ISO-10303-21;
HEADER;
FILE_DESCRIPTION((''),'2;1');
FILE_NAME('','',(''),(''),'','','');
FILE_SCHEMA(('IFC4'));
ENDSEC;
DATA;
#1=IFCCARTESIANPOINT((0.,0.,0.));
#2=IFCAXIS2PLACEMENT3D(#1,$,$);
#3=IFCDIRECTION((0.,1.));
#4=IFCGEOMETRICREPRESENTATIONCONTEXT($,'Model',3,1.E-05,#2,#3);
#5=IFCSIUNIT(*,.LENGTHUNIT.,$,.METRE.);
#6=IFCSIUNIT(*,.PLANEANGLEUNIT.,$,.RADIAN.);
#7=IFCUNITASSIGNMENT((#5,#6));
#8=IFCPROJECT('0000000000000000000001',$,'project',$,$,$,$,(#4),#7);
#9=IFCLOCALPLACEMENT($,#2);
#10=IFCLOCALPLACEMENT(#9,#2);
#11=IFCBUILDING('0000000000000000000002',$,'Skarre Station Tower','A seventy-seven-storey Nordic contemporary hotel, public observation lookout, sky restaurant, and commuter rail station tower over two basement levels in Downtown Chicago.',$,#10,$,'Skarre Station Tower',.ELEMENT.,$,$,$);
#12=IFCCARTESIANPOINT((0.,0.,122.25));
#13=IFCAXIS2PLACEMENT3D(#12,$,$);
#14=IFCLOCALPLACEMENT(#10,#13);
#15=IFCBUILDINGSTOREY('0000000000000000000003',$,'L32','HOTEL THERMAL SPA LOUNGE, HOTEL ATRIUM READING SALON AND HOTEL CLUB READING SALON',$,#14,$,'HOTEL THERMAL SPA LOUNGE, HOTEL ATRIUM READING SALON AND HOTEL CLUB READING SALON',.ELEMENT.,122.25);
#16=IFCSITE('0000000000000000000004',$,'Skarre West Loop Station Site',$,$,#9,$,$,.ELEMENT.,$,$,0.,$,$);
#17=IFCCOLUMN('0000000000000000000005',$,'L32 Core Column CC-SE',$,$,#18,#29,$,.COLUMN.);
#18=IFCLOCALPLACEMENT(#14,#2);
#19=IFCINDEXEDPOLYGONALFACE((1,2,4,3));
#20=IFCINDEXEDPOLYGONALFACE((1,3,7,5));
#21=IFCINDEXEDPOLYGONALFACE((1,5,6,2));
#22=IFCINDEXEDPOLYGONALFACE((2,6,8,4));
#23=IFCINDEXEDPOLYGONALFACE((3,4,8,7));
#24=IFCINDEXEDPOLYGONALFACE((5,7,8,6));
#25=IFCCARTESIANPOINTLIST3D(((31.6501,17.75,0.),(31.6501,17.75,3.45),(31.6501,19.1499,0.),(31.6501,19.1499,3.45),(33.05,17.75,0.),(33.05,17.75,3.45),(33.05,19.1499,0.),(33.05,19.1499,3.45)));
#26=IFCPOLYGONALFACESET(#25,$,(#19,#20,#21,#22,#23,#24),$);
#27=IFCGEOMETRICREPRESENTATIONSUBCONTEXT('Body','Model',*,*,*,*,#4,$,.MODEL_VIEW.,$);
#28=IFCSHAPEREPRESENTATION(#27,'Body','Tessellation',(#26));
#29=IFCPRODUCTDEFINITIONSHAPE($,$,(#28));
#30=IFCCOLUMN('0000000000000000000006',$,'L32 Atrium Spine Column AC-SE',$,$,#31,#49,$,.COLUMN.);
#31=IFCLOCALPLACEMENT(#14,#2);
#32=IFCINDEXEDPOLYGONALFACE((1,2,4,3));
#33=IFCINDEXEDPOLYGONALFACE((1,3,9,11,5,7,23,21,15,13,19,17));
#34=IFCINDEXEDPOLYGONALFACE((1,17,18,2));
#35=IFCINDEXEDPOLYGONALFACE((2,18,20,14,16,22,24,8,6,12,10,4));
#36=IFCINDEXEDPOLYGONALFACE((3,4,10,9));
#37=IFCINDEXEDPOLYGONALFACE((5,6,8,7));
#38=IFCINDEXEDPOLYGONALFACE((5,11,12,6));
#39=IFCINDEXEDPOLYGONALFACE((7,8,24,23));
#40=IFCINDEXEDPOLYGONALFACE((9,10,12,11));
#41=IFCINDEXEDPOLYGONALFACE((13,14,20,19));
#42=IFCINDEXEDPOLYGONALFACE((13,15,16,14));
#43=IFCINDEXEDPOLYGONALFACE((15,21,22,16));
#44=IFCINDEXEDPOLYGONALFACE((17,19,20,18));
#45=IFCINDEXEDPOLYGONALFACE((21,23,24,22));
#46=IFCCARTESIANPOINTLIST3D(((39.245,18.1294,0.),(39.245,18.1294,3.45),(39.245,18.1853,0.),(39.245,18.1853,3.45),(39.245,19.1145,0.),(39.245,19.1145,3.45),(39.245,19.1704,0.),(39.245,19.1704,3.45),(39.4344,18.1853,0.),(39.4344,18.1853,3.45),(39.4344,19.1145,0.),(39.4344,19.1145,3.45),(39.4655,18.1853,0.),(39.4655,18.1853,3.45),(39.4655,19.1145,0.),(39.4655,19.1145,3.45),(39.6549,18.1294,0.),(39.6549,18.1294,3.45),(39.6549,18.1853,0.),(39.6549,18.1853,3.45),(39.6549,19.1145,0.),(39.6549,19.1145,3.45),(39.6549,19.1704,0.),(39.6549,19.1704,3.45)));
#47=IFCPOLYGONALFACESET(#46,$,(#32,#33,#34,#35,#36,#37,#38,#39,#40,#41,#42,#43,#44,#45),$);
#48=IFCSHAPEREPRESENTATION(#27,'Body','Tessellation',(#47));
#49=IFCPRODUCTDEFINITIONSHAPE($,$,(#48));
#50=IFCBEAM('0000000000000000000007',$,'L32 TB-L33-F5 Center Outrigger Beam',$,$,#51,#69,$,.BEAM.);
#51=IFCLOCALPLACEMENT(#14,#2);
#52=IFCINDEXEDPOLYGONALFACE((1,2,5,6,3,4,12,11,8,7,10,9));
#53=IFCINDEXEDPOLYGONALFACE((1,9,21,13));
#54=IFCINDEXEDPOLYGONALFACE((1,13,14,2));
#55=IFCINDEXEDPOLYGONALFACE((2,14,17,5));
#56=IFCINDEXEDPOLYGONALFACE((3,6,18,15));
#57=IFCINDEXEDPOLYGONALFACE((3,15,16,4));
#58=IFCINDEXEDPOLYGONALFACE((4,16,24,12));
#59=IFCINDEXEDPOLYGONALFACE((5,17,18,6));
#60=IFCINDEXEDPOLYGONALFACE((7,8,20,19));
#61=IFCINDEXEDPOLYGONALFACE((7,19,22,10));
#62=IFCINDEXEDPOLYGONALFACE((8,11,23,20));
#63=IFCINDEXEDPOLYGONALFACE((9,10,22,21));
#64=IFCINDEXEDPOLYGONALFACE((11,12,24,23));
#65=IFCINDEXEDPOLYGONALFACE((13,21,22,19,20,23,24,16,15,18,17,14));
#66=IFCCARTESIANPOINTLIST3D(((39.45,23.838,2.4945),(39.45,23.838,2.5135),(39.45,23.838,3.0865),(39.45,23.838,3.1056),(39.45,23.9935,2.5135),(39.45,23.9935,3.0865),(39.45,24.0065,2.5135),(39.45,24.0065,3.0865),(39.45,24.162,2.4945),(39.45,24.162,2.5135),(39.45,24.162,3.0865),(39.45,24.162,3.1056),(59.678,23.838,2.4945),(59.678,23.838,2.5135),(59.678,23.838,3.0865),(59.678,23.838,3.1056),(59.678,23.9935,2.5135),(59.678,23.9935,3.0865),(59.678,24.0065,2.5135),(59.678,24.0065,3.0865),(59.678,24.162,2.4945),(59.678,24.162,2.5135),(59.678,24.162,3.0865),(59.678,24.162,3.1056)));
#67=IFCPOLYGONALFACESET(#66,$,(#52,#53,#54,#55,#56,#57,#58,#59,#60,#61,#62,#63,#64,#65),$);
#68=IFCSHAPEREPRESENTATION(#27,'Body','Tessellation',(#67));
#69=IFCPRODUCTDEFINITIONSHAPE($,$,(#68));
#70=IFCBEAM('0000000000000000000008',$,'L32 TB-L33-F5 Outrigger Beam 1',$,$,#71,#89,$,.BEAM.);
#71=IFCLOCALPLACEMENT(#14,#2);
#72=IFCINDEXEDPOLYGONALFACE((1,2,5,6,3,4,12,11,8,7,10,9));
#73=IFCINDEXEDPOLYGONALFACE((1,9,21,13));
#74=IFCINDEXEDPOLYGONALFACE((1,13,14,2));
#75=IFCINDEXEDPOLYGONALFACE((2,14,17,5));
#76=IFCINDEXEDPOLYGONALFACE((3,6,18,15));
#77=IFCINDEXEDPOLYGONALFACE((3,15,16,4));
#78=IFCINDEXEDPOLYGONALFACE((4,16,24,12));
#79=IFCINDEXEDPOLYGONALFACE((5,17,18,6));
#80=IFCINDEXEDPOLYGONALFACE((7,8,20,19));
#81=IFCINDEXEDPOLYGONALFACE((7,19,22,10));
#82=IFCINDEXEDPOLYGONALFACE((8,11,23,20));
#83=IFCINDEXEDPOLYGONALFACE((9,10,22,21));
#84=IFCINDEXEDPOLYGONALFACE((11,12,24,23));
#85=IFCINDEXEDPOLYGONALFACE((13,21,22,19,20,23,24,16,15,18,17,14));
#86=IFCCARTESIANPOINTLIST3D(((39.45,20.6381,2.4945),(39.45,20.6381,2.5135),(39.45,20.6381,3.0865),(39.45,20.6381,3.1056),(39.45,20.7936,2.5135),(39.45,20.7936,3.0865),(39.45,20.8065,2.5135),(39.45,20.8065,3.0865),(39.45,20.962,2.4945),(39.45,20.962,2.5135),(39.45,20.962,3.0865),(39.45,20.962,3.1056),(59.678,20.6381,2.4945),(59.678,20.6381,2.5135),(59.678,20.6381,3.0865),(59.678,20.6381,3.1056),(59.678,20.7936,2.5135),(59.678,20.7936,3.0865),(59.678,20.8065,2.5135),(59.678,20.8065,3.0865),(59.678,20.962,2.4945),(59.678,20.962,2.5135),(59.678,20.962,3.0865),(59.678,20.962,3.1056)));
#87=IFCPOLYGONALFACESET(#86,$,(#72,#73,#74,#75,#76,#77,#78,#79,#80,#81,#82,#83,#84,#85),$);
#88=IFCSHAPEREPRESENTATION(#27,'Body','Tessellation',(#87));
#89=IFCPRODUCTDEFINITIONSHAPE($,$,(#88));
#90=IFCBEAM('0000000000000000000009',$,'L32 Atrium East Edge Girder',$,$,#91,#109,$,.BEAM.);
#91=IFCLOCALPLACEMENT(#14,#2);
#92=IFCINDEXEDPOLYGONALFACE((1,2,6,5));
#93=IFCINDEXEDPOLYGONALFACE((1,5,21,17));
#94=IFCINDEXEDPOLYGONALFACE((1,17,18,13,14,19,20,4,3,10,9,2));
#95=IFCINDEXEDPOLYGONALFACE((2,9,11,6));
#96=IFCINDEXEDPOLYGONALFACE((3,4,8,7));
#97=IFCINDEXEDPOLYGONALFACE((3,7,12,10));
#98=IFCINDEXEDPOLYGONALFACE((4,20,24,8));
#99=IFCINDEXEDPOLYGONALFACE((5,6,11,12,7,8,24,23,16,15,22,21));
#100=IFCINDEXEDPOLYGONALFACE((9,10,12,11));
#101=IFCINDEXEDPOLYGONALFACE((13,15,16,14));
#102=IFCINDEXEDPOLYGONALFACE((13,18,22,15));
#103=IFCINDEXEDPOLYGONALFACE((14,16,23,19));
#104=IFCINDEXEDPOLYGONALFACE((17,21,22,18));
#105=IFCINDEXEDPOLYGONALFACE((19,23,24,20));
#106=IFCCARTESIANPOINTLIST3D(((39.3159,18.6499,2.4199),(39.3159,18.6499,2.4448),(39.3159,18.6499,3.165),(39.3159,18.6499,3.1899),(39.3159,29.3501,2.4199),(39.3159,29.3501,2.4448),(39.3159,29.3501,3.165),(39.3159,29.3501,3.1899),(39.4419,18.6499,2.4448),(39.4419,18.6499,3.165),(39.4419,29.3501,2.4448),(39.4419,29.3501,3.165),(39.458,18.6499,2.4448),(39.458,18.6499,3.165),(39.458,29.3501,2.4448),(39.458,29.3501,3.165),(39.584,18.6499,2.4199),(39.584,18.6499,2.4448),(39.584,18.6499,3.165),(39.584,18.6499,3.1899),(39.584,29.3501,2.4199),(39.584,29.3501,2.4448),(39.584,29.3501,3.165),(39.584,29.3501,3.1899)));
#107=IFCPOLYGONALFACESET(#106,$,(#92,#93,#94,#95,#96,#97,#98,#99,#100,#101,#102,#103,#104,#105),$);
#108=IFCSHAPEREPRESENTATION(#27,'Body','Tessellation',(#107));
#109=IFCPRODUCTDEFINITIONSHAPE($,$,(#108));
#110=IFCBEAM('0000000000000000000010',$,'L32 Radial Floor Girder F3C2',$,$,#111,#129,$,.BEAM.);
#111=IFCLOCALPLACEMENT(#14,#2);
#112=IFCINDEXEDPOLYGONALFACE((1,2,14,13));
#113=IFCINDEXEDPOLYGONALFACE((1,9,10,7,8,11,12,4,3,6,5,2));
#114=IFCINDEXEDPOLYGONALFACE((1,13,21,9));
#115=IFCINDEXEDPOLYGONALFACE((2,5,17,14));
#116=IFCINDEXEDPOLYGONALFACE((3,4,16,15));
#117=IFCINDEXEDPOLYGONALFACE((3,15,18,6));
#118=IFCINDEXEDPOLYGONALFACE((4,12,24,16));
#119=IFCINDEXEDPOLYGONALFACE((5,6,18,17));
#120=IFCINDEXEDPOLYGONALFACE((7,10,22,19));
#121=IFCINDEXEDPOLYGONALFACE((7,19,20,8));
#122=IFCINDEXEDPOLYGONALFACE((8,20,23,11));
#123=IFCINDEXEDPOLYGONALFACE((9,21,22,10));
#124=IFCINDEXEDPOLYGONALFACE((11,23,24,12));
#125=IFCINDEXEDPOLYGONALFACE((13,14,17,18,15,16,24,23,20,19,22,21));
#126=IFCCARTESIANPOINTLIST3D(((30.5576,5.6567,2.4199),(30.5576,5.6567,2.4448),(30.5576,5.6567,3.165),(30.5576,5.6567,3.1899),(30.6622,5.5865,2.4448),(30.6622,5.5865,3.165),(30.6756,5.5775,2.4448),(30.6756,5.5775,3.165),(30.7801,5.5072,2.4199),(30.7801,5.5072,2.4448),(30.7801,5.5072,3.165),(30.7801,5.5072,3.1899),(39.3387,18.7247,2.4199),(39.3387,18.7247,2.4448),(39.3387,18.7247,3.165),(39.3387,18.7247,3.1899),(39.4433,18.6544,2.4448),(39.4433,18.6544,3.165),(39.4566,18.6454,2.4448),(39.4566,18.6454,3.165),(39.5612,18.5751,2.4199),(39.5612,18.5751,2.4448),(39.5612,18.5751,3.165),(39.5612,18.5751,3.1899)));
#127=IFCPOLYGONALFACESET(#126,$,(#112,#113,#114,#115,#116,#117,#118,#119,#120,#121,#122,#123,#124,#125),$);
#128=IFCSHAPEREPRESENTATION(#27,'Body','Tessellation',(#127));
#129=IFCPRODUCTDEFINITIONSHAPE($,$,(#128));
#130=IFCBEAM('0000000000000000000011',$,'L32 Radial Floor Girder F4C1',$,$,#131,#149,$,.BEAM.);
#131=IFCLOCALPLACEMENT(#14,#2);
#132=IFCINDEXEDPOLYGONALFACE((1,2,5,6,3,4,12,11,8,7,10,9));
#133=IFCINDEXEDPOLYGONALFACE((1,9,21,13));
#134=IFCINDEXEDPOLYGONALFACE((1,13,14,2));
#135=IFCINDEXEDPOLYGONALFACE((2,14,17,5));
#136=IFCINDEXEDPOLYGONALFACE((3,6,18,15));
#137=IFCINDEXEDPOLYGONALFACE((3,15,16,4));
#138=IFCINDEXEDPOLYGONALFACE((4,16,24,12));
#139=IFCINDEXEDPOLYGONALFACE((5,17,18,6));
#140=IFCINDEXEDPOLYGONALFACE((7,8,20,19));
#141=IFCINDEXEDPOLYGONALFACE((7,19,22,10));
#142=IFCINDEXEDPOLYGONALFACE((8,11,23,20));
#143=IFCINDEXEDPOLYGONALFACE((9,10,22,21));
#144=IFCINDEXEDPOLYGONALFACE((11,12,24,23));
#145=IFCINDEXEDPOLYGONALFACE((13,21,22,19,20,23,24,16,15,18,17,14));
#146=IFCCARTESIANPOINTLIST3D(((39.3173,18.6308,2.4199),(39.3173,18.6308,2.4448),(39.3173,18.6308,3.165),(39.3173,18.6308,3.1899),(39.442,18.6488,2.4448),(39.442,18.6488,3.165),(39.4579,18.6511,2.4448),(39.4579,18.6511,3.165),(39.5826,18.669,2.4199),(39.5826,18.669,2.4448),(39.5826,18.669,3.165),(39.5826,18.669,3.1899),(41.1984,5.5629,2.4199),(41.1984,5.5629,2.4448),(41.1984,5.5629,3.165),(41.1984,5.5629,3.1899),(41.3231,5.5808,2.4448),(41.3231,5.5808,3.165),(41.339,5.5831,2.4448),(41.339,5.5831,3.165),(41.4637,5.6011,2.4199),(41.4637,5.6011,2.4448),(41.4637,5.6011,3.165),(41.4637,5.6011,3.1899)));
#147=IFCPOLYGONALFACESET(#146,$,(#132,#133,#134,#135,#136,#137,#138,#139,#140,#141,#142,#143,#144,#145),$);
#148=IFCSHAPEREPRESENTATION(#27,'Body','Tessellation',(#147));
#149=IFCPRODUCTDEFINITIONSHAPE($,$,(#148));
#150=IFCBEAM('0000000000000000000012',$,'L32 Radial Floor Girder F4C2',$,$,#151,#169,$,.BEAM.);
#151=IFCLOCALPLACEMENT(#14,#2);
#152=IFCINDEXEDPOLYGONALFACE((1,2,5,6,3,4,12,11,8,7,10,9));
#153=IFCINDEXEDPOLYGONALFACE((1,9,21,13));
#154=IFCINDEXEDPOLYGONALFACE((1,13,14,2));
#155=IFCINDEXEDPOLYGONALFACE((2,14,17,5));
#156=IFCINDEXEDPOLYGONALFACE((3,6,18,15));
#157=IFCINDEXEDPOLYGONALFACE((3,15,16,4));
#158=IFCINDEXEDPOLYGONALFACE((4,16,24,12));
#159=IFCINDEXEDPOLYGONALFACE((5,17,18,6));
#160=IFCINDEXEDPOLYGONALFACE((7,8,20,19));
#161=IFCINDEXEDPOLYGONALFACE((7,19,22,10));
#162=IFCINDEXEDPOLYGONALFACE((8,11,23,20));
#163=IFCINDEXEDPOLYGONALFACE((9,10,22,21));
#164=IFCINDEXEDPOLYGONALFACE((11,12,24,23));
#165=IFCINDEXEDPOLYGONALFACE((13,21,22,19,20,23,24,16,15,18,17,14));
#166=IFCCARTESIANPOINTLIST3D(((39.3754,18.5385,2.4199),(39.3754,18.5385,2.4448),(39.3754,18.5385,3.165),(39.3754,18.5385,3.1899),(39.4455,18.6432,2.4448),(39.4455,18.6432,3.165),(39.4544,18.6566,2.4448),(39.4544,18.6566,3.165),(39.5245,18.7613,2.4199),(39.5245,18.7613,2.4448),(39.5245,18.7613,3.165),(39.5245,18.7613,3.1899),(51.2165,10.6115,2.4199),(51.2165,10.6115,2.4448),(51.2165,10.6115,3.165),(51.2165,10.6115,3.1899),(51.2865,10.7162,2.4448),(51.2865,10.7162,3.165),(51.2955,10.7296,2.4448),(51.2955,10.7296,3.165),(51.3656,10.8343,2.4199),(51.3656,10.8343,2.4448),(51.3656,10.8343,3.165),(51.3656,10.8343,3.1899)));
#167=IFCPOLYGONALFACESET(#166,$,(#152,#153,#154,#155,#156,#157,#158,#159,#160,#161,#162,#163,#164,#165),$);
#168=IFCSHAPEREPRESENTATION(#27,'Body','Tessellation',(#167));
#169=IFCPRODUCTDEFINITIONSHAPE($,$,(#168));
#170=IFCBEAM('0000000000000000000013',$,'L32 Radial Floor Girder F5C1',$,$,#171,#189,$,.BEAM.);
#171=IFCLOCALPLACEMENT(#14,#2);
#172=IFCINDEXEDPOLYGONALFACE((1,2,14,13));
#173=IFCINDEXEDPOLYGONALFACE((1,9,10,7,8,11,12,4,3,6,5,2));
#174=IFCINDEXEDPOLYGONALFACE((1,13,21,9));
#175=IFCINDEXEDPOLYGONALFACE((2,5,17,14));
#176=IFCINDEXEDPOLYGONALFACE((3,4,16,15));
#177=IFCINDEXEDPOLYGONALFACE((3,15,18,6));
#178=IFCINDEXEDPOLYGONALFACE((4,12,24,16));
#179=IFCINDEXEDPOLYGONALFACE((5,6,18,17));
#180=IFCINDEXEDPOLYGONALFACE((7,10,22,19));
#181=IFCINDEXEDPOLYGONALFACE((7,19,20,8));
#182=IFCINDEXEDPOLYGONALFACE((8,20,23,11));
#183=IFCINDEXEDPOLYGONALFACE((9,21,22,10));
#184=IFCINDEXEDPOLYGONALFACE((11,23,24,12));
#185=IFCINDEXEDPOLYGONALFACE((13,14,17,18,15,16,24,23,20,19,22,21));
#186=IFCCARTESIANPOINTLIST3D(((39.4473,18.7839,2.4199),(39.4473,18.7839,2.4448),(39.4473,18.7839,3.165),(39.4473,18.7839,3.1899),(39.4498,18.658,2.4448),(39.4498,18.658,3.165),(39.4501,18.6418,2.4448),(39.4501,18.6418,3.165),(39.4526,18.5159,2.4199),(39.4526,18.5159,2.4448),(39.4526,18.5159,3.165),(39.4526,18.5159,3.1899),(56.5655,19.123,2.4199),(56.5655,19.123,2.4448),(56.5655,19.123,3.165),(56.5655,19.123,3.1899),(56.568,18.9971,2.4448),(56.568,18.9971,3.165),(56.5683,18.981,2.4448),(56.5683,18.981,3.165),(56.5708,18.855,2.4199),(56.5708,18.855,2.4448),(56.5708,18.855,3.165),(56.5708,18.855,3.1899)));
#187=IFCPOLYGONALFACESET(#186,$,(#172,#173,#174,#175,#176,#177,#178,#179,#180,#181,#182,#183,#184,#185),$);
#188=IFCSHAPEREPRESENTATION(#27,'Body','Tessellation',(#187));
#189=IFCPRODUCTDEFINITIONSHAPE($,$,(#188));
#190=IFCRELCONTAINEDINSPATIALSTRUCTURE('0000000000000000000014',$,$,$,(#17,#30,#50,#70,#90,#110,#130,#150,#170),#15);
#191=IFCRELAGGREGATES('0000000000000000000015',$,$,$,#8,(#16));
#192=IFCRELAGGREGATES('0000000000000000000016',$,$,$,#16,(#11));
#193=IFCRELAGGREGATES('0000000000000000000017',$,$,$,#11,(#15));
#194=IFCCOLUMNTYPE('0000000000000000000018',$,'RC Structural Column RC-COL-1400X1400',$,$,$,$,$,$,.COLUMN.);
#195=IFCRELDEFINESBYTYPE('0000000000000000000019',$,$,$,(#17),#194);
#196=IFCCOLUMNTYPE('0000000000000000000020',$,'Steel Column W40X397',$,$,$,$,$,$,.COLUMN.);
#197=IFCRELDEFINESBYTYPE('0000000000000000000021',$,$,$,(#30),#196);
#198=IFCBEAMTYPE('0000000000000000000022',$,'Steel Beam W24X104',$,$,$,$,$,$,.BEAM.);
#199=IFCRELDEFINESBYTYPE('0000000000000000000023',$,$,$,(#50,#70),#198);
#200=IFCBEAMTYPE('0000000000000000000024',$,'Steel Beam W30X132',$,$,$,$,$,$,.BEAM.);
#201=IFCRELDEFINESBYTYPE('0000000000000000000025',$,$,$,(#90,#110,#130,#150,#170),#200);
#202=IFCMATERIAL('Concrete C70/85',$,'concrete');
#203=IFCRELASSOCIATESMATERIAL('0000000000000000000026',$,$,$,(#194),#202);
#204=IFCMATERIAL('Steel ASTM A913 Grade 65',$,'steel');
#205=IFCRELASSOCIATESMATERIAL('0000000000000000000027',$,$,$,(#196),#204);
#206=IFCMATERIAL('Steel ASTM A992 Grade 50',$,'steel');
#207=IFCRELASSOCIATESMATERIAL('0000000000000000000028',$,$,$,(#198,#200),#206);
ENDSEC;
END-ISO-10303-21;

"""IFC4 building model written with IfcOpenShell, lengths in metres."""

from ifc_helpers import new_model, si_unit, direction, frame, origin, origin_2d, place, context, subcontext, project, spatial, rectangle, i_section, extrude, material, material_profile, profile_set, type_object, element, save


model = new_model("IFC4")

# Units and contexts
model_context = context("Model", 3, precision=1e-05, world=origin(), true_north=direction((0.0, 1.0)))
body_context = subcontext(model_context, "Body", "Model", "MODEL_VIEW")
ifc_project = project(units=[si_unit("LENGTHUNIT", "METRE"), si_unit("PLANEANGLEUNIT", "RADIAN")], contexts=[model_context])

# Site, building, storey
site_placement = place(None, origin())
site = spatial("IfcSite", under=ifc_project, at=site_placement, Name="Skarre West Loop Station Site", CompositionType="ELEMENT", RefElevation=0.0)
building_placement = place(site_placement, origin())
building = spatial("IfcBuilding", under=site, at=building_placement, Name="Skarre Station Tower", Description="A seventy-seven-storey Nordic contemporary hotel, public observation lookout, sky restaurant, and commuter rail station tower over two basement levels in Downtown Chicago.", LongName="Skarre Station Tower", CompositionType="ELEMENT")
storey_placement = place(building_placement, frame((0.0, 0.0, 122.25)))
storey = spatial("IfcBuildingStorey", under=building, at=storey_placement, Name="L32", Description="HOTEL THERMAL SPA LOUNGE, HOTEL ATRIUM READING SALON AND HOTEL CLUB READING SALON", LongName="HOTEL THERMAL SPA LOUNGE, HOTEL ATRIUM READING SALON AND HOTEL CLUB READING SALON", CompositionType="ELEMENT", Elevation=122.25)

# Columns
ifc_material_1 = material(Name="Concrete C70/85", Category="concrete")
ifc_material_profile_1 = material_profile(ifc_material_1, rectangle(XDim=1.3999, YDim=1.3999, at=origin_2d()), Name="Concrete C70/85")
ifc_profile_set_1 = profile_set([ifc_material_profile_1], Name="Concrete C70/85")
column_type_1 = type_object("IfcColumnType", Name="RC Structural Column RC-COL-1400X1400", PredefinedType="COLUMN", material=ifc_profile_set_1)
column_1_placement = place(storey_placement, frame((32.3501, 18.45, 0.0), z_axis=(0.0, 0.0, 1.0), x_axis=(1.0, 0.0, 0.0)))
element("IfcColumn", 1, at=column_1_placement, inside=storey, type_object=column_type_1, Name="L32 Core Column CC-SE", PredefinedType="COLUMN", context=body_context, shape_type="SweptSolid", body=[
    extrude(rectangle(XDim=1.3999, YDim=1.3999, at=origin_2d()), origin(), (0.0, 0.0, 1.0), 3.45),
])
ifc_material_2 = material(Name="Steel ASTM A913 Grade 65", Category="steel")
ifc_material_profile_2 = material_profile(ifc_material_2, i_section(OverallWidth=0.4099, OverallDepth=1.041, WebThickness=0.031, FlangeThickness=0.0559, at=origin_2d()), Name="Steel ASTM A913 Grade 65")
ifc_profile_set_2 = profile_set([ifc_material_profile_2], Name="Steel ASTM A913 Grade 65")
column_type_2 = type_object("IfcColumnType", Name="Steel Column W40X397", PredefinedType="COLUMN", material=ifc_profile_set_2)
column_2_placement = place(storey_placement, frame((39.45, 18.6499, 0.0), z_axis=(0.0, 0.0, 1.0), x_axis=(1.0, 0.0, 0.0)))
element("IfcColumn", 2, at=column_2_placement, inside=storey, type_object=column_type_2, Name="L32 Atrium Spine Column AC-SE", PredefinedType="COLUMN", context=body_context, shape_type="SweptSolid", body=[
    extrude(i_section(OverallWidth=0.4099, OverallDepth=1.041, WebThickness=0.031, FlangeThickness=0.0559, at=origin_2d()), origin(), (0.0, 0.0, 1.0), 3.45),
])

# Beams
ifc_material_3 = material(Name="Steel ASTM A992 Grade 50", Category="steel")
ifc_material_profile_3 = material_profile(ifc_material_3, i_section(OverallWidth=0.324, OverallDepth=0.6111, WebThickness=0.0129, FlangeThickness=0.019, at=origin_2d()), Name="Steel ASTM A992 Grade 50")
ifc_profile_set_3 = profile_set([ifc_material_profile_3], Name="Steel ASTM A992 Grade 50")
beam_type_1 = type_object("IfcBeamType", Name="Steel Beam W24X104", PredefinedType="BEAM", material=ifc_profile_set_3)
for number, where, z_axis, x_axis, name in (
    (3, (39.45, 24.0, 2.8), (1.0, 0.0, 0.0), (0.0, 1.0, 0.0), "L32 TB-L33-F5 Center Outrigger Beam"),
    (4, (39.45, 20.8, 2.8), (1.0, 0.0, 0.0), (0.0, 1.0, 0.0), "L32 TB-L33-F5 Outrigger Beam 1"),
):
    element("IfcBeam", number, at=place(storey_placement, frame(where, z_axis=z_axis, x_axis=x_axis)), inside=storey, type_object=beam_type_1, Name=name, PredefinedType="BEAM", context=body_context, shape_type="SweptSolid", body=[
        extrude(i_section(OverallWidth=0.324, OverallDepth=0.6111, WebThickness=0.0129, FlangeThickness=0.019, at=origin_2d()), origin(), (0.0, 0.0, 1.0), 20.228),
    ])
ifc_material_profile_4 = material_profile(ifc_material_3, i_section(OverallWidth=0.2681, OverallDepth=0.77, WebThickness=0.0161, FlangeThickness=0.0249, at=origin_2d()), Name="Steel ASTM A992 Grade 50")
ifc_profile_set_4 = profile_set([ifc_material_profile_4], Name="Steel ASTM A992 Grade 50")
beam_type_2 = type_object("IfcBeamType", Name="Steel Beam W30X132", PredefinedType="BEAM", material=ifc_profile_set_4)
beam_1_placement = place(storey_placement, frame((39.45, 18.6499, 2.8049), z_axis=(0.0, 1.0, 0.0), x_axis=(-1.0, 0.0, 0.0)))
element("IfcBeam", 5, at=beam_1_placement, inside=storey, type_object=beam_type_2, Name="L32 Atrium East Edge Girder", PredefinedType="BEAM", context=body_context, shape_type="SweptSolid", body=[
    extrude(i_section(OverallWidth=0.2681, OverallDepth=0.77, WebThickness=0.0161, FlangeThickness=0.0249, at=origin_2d()), origin(), (0.0, 0.0, 1.0), 10.7002),
])
beam_2_placement = place(storey_placement, frame((39.45, 18.6499, 2.8049), z_axis=(-0.557735, -0.830019, 0.0), x_axis=(0.830019, -0.557735, 0.0)))
element("IfcBeam", 6, at=beam_2_placement, inside=storey, type_object=beam_type_2, Name="L32 Radial Floor Girder F3C2", PredefinedType="BEAM", context=body_context, shape_type="SweptSolid", body=[
    extrude(i_section(OverallWidth=0.2681, OverallDepth=0.77, WebThickness=0.0161, FlangeThickness=0.0249, at=origin_2d()), origin(), (0.0, 0.0, 1.0), 15.7441),
])
beam_3_placement = place(storey_placement, frame((39.45, 18.6499, 2.8049), z_axis=(0.14248, -0.989798, 0.0), x_axis=(0.989798, 0.14248, 0.0)))
element("IfcBeam", 7, at=beam_3_placement, inside=storey, type_object=beam_type_2, Name="L32 Radial Floor Girder F4C1", PredefinedType="BEAM", context=body_context, shape_type="SweptSolid", body=[
    extrude(i_section(OverallWidth=0.2681, OverallDepth=0.77, WebThickness=0.0161, FlangeThickness=0.0249, at=origin_2d()), origin(), (0.0, 0.0, 1.0), 13.2026),
])
beam_4_placement = place(storey_placement, frame((39.45, 18.6499, 2.8049), z_axis=(0.830981, -0.5563, 0.0), x_axis=(0.5563, 0.830981, 0.0)))
element("IfcBeam", 8, at=beam_4_placement, inside=storey, type_object=beam_type_2, Name="L32 Radial Floor Girder F4C2", PredefinedType="BEAM", context=body_context, shape_type="SweptSolid", body=[
    extrude(i_section(OverallWidth=0.2681, OverallDepth=0.77, WebThickness=0.0161, FlangeThickness=0.0249, at=origin_2d()), origin(), (0.0, 0.0, 1.0), 14.2495),
])
beam_5_placement = place(storey_placement, frame((39.45, 18.6499, 2.8049), z_axis=(0.999804, 0.019806, 0.0), x_axis=(-0.019806, 0.999804, 0.0)))
element("IfcBeam", 9, at=beam_5_placement, inside=storey, type_object=beam_type_2, Name="L32 Radial Floor Girder F5C1", PredefinedType="BEAM", context=body_context, shape_type="SweptSolid", body=[
    extrude(i_section(OverallWidth=0.2681, OverallDepth=0.77, WebThickness=0.0161, FlangeThickness=0.0249, at=origin_2d()), origin(), (0.0, 0.0, 1.0), 17.1216),
])

save(model, "model.ifc")
